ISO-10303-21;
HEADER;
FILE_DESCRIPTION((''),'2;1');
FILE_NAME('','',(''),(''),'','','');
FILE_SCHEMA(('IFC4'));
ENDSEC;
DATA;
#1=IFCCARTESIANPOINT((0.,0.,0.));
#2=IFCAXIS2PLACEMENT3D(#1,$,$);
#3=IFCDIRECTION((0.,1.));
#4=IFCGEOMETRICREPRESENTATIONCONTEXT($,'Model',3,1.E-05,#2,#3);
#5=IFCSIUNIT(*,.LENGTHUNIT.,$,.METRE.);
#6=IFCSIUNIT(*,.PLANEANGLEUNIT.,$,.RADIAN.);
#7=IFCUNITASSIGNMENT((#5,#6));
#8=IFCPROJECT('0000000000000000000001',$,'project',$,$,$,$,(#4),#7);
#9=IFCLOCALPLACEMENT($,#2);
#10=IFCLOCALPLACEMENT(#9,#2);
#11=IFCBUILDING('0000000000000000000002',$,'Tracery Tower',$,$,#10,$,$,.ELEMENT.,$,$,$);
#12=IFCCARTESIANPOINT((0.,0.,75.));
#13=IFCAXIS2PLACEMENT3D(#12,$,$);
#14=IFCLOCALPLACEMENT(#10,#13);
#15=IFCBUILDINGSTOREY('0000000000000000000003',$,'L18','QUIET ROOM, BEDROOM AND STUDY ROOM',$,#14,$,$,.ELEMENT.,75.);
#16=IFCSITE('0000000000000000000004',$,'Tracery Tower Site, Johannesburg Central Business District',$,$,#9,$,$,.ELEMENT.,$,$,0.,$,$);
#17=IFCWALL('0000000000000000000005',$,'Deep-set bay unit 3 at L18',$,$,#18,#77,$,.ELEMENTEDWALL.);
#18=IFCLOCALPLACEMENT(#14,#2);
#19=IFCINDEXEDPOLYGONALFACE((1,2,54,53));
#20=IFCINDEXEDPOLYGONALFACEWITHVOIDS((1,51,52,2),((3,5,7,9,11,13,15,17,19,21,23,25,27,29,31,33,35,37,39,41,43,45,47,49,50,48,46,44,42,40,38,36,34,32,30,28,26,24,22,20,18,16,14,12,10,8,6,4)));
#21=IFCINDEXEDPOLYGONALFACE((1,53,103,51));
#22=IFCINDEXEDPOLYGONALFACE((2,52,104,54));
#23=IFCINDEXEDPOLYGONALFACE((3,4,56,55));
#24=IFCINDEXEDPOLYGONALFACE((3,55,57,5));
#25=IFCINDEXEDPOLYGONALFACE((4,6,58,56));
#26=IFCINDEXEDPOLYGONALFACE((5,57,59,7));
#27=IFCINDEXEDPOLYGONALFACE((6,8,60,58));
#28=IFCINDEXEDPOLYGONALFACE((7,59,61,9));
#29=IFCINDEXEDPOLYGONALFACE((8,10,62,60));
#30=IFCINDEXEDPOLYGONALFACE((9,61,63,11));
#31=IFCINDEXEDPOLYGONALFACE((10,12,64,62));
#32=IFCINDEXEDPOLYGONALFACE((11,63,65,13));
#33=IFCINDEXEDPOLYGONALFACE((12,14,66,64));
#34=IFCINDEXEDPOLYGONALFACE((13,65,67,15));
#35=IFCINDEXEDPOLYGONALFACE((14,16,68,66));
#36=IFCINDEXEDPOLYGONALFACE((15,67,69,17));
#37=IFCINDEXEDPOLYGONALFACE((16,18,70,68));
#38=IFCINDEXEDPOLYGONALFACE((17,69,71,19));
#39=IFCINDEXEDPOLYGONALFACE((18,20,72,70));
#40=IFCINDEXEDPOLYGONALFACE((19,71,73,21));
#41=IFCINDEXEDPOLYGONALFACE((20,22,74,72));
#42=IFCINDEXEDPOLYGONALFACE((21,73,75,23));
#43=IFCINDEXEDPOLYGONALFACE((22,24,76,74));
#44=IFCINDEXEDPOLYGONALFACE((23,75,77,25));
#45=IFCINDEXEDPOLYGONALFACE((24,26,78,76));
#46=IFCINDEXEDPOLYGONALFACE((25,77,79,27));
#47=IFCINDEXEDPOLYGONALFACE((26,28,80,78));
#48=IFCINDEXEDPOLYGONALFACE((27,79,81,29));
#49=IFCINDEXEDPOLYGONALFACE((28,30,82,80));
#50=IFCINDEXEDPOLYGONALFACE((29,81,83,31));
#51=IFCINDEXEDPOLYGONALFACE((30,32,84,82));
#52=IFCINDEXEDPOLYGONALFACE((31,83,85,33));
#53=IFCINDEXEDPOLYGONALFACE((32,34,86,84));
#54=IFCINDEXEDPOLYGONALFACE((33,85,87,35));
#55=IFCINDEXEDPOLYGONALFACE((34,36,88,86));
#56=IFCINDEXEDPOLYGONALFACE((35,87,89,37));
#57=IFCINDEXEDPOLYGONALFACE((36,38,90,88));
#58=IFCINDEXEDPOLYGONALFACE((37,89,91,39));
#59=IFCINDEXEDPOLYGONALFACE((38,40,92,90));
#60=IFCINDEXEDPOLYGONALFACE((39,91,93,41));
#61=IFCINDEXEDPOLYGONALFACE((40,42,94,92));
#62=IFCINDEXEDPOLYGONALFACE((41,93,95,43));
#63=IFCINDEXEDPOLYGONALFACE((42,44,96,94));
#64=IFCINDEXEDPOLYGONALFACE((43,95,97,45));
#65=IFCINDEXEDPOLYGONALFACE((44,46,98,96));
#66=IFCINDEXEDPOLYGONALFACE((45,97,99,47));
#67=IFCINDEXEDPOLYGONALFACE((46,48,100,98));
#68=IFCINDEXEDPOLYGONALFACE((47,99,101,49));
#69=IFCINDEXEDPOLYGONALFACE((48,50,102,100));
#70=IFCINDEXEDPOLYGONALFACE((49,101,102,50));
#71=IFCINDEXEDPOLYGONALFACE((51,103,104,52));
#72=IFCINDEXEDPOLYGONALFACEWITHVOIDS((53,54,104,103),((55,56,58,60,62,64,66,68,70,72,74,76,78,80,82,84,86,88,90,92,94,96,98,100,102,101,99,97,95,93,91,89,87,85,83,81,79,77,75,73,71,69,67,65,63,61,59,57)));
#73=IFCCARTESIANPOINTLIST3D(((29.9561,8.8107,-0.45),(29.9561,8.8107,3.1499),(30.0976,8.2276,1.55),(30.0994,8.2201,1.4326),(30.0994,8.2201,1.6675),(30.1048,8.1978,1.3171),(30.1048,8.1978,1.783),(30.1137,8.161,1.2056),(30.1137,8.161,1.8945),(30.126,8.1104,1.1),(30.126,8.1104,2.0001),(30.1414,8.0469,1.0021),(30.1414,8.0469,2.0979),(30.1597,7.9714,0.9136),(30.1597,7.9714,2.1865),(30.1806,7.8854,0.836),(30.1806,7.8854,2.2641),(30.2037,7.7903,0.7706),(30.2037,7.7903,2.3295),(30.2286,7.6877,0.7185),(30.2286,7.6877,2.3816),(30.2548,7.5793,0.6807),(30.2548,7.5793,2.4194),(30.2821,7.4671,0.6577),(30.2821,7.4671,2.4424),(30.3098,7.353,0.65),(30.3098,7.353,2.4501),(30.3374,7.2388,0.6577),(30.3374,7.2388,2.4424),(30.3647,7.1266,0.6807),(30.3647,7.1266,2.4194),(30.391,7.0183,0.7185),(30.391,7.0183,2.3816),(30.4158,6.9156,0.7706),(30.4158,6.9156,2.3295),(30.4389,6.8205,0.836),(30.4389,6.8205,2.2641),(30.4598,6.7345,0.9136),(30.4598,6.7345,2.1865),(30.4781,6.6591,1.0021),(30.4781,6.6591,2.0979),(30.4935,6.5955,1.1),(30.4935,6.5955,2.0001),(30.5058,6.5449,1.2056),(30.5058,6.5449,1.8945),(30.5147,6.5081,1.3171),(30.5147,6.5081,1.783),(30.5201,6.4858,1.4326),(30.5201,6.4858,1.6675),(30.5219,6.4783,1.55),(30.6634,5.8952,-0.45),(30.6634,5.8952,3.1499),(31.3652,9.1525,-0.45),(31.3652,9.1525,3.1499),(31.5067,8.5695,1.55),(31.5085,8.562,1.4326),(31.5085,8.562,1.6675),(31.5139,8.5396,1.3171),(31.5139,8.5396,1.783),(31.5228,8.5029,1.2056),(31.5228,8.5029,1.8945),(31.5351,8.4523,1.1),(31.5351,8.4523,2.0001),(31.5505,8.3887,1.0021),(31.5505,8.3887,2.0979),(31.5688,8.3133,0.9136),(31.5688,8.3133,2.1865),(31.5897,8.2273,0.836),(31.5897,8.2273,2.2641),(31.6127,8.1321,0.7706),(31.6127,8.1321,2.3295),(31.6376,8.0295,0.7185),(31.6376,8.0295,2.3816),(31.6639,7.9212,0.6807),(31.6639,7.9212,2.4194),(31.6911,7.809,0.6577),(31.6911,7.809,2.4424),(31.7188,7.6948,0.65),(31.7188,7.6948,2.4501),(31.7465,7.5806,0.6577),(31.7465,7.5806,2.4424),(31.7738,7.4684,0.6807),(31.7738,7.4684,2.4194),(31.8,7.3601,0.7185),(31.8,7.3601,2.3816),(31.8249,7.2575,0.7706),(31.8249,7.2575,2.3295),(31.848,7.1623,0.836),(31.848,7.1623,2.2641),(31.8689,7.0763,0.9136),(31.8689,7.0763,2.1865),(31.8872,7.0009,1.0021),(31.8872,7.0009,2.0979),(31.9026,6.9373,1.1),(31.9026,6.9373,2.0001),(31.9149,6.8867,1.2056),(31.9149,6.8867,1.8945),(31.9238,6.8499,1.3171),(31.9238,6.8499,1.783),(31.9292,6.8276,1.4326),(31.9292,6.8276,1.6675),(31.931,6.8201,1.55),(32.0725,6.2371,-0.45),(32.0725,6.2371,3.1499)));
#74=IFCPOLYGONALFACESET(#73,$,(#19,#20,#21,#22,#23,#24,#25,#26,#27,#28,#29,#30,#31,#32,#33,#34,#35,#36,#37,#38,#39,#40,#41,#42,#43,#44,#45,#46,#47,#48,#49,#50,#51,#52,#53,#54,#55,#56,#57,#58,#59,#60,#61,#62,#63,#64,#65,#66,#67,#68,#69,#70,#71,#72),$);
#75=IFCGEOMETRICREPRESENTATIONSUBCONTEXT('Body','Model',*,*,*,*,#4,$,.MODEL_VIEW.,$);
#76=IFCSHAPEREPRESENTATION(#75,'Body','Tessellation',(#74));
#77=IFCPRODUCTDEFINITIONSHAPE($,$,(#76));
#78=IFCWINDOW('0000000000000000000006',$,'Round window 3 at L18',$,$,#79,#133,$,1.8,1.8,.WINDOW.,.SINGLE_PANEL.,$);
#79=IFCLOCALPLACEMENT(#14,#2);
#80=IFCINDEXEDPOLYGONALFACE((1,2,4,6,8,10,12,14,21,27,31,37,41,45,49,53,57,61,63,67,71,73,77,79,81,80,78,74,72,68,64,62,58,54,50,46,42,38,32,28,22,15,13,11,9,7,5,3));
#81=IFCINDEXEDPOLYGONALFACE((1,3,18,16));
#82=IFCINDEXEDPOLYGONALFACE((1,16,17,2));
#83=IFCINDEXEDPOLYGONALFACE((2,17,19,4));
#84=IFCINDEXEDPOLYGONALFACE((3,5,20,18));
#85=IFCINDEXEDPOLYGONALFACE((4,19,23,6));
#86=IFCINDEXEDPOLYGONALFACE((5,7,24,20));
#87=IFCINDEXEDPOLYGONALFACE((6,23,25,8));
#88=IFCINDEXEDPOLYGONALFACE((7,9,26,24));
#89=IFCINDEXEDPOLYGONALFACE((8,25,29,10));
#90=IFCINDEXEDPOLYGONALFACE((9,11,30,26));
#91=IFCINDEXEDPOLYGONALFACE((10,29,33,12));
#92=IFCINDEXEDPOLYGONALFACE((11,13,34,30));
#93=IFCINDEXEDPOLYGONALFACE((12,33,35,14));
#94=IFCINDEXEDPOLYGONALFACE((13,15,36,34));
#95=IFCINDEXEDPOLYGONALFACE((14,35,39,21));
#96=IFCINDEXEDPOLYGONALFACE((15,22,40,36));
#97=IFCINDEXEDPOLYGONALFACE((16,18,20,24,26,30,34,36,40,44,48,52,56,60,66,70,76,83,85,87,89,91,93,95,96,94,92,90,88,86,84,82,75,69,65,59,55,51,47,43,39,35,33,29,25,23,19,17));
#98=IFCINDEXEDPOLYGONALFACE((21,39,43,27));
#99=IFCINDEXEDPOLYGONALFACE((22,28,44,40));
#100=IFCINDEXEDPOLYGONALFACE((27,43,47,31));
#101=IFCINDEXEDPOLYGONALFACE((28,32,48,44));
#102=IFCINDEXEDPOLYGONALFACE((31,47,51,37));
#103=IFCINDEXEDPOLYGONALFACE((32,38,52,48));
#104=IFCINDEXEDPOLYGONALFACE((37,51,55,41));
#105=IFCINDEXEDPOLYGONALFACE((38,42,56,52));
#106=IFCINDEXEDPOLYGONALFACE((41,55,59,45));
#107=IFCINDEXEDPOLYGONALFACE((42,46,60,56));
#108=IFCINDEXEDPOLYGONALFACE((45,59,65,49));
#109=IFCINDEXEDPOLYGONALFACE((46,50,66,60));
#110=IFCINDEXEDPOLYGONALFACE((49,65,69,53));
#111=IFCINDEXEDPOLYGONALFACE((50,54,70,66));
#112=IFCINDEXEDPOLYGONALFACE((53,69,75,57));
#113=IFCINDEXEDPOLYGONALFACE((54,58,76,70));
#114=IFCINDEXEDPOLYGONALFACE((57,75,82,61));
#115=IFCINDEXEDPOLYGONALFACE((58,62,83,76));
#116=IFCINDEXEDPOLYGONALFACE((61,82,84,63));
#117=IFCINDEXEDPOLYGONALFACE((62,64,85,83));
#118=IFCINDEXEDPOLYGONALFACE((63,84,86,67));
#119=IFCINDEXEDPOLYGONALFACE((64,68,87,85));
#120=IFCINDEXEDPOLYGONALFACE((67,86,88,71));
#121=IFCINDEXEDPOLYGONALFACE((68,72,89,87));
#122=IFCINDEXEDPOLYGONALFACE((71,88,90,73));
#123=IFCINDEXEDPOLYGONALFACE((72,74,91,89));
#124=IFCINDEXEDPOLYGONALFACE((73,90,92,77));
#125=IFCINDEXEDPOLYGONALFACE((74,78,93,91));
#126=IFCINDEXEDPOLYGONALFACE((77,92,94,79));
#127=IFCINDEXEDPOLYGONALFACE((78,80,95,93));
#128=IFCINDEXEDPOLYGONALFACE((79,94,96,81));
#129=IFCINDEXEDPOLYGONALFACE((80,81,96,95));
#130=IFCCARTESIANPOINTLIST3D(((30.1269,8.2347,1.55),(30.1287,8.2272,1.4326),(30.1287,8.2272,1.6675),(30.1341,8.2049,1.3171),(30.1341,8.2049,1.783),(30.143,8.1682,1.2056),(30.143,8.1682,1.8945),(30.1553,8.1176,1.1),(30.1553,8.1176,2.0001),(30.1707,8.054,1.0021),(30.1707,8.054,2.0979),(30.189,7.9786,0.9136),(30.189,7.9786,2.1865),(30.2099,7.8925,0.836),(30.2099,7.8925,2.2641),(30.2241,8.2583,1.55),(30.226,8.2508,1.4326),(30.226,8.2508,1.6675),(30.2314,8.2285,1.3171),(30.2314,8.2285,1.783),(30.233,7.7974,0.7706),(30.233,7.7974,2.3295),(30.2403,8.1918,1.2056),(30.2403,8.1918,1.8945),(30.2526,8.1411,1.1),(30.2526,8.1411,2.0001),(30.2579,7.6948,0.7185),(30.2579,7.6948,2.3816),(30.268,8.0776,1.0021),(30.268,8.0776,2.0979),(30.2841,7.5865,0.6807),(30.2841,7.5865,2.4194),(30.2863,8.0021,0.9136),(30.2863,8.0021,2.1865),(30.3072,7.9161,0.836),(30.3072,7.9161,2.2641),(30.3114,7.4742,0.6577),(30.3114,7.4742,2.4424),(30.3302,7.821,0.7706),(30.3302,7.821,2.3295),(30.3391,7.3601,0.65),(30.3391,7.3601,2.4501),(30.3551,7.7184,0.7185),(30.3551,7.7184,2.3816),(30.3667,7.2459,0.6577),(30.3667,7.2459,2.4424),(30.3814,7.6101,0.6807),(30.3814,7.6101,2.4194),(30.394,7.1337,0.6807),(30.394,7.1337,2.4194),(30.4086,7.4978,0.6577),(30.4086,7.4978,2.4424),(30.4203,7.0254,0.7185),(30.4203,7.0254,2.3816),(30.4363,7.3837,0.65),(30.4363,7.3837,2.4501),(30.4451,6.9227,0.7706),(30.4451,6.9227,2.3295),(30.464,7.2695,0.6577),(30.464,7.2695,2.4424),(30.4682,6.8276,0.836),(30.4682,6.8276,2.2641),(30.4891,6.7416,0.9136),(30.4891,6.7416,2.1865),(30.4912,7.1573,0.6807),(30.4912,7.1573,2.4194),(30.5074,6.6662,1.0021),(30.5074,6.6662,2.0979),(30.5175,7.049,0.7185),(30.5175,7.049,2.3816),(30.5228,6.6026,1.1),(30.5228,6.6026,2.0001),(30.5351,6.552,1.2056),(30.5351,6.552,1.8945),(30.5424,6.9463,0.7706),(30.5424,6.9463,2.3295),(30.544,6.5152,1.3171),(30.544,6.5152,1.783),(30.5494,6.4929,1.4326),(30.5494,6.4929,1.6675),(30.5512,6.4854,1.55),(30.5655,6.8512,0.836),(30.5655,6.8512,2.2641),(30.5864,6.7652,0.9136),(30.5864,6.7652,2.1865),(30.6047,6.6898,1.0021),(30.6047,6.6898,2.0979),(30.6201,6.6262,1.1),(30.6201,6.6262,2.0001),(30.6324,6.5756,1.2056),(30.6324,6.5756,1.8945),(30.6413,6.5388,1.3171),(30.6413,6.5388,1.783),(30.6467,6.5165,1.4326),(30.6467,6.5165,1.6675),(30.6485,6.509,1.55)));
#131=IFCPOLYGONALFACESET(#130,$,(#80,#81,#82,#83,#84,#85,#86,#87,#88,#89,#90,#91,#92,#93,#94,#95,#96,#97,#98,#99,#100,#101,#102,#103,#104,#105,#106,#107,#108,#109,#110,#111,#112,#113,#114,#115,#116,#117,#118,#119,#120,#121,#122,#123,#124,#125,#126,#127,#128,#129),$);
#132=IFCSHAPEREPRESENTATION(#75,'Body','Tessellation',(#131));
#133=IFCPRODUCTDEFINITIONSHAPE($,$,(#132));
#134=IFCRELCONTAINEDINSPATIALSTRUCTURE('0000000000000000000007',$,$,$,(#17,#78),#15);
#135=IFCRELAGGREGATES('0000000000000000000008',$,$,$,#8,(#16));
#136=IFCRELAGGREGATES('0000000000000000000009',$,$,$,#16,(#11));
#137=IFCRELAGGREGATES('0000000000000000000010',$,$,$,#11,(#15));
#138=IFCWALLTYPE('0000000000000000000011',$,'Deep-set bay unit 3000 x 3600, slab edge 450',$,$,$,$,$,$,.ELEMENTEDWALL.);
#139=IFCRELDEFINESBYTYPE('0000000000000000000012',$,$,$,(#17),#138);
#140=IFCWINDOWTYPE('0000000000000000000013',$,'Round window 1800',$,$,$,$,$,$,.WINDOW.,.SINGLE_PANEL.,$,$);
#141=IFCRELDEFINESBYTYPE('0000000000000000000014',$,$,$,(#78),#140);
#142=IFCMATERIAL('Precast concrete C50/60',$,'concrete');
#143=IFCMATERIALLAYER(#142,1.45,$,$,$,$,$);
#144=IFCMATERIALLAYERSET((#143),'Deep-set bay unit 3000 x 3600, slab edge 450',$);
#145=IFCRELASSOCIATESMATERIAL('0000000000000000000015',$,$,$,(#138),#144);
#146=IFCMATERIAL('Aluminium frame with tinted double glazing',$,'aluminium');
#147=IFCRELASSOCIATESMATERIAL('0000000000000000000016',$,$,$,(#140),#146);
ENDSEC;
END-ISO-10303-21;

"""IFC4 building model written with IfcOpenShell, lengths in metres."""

from ifc_helpers import new_model, si_unit, direction, frame, frame_2d, origin, origin_2d, place, context, subcontext, project, spatial, rectangle, circle, extrude, material, layer, layer_set, type_object, element, fill, save


model = new_model("IFC4")

# Units and contexts
model_context = context("Model", 3, precision=1e-05, world=origin(), true_north=direction((0.0, 1.0)))
body_context = subcontext(model_context, "Body", "Model", "MODEL_VIEW")
ifc_project = project(units=[si_unit("LENGTHUNIT", "METRE"), si_unit("PLANEANGLEUNIT", "RADIAN")], contexts=[model_context])

# Site, building, storey
site_placement = place(None, origin())
site = spatial("IfcSite", under=ifc_project, at=site_placement, Name="Tracery Tower Site, Johannesburg Central Business District", CompositionType="ELEMENT", RefElevation=0.0)
building_placement = place(site_placement, origin())
building = spatial("IfcBuilding", under=site, at=building_placement, Name="Tracery Tower", CompositionType="ELEMENT")
storey_placement = place(building_placement, frame((0.0, 0.0, 75.0)))
storey = spatial("IfcBuildingStorey", under=building, at=storey_placement, Name="L18", Description="QUIET ROOM, BEDROOM AND STUDY ROOM", CompositionType="ELEMENT", Elevation=75.0)

# Wall, opening, window
ifc_material_1 = material(Name="Precast concrete C50/60", Category="concrete")
ifc_layer_1 = layer(ifc_material_1, 1.45)
ifc_layer_set_1 = layer_set([ifc_layer_1], Name="Deep-set bay unit 3000 x 3600, slab edge 450")
wall_type_1 = type_object("IfcWallType", Name="Deep-set bay unit 3000 x 3600, slab edge 450", PredefinedType="ELEMENTEDWALL", material=ifc_layer_set_1)
wall_1_placement = place(storey_placement, frame((31.3679, 6.0662, -0.45), z_axis=(0.0, 0.0, 1.0), x_axis=(-0.235751, 0.971813, 0.0)))
wall_1 = element("IfcWall", 1, at=wall_1_placement, inside=storey, type_object=wall_type_1, Name="Deep-set bay unit 3 at L18", PredefinedType="ELEMENTEDWALL", context=body_context, shape_type="SweptSolid", body=[
    extrude(rectangle(XDim=3.0, YDim=1.45, at=frame_2d((1.5, 0.0))), origin(), (0.0, 0.0, 1.0), 3.5999),
])
opening_1_placement = place(wall_1_placement, frame((1.5, 0.0, 2.0)))
opening_1 = element("IfcOpeningElement", 2, at=opening_1_placement, cuts=wall_1, PredefinedType="OPENING", context=body_context, shape_type="SweptSolid", body=[
    extrude(circle(Radius=0.9, at=origin_2d()), frame((0.0, 0.7349, 0.0), z_axis=(0.0, -1.0, 0.0), x_axis=(1.0, 0.0, 0.0)), (0.0, 0.0, 1.0), 1.47),
])
ifc_material_2 = material(Name="Aluminium frame with tinted double glazing", Category="aluminium")
window_type = type_object("IfcWindowType", Name="Round window 1800", PartitioningType="SINGLE_PANEL", PredefinedType="WINDOW", material=ifc_material_2)
window_1_placement = place(opening_1_placement, origin())
window_1 = element("IfcWindow", 3, at=window_1_placement, inside=storey, type_object=window_type, Name="Round window 3 at L18", OverallHeight=1.8, OverallWidth=1.8, PartitioningType="SINGLE_PANEL", PredefinedType="WINDOW", context=body_context, shape_type="SweptSolid", body=[
    extrude(circle(Radius=0.9, at=origin_2d()), frame((0.0, 0.6948, 0.0), z_axis=(0.0, -1.0, 0.0), x_axis=(1.0, 0.0, 0.0)), (0.0, 0.0, 1.0), 0.1001),
])
fill(opening_1, window_1)

save(model, "model.ifc")
